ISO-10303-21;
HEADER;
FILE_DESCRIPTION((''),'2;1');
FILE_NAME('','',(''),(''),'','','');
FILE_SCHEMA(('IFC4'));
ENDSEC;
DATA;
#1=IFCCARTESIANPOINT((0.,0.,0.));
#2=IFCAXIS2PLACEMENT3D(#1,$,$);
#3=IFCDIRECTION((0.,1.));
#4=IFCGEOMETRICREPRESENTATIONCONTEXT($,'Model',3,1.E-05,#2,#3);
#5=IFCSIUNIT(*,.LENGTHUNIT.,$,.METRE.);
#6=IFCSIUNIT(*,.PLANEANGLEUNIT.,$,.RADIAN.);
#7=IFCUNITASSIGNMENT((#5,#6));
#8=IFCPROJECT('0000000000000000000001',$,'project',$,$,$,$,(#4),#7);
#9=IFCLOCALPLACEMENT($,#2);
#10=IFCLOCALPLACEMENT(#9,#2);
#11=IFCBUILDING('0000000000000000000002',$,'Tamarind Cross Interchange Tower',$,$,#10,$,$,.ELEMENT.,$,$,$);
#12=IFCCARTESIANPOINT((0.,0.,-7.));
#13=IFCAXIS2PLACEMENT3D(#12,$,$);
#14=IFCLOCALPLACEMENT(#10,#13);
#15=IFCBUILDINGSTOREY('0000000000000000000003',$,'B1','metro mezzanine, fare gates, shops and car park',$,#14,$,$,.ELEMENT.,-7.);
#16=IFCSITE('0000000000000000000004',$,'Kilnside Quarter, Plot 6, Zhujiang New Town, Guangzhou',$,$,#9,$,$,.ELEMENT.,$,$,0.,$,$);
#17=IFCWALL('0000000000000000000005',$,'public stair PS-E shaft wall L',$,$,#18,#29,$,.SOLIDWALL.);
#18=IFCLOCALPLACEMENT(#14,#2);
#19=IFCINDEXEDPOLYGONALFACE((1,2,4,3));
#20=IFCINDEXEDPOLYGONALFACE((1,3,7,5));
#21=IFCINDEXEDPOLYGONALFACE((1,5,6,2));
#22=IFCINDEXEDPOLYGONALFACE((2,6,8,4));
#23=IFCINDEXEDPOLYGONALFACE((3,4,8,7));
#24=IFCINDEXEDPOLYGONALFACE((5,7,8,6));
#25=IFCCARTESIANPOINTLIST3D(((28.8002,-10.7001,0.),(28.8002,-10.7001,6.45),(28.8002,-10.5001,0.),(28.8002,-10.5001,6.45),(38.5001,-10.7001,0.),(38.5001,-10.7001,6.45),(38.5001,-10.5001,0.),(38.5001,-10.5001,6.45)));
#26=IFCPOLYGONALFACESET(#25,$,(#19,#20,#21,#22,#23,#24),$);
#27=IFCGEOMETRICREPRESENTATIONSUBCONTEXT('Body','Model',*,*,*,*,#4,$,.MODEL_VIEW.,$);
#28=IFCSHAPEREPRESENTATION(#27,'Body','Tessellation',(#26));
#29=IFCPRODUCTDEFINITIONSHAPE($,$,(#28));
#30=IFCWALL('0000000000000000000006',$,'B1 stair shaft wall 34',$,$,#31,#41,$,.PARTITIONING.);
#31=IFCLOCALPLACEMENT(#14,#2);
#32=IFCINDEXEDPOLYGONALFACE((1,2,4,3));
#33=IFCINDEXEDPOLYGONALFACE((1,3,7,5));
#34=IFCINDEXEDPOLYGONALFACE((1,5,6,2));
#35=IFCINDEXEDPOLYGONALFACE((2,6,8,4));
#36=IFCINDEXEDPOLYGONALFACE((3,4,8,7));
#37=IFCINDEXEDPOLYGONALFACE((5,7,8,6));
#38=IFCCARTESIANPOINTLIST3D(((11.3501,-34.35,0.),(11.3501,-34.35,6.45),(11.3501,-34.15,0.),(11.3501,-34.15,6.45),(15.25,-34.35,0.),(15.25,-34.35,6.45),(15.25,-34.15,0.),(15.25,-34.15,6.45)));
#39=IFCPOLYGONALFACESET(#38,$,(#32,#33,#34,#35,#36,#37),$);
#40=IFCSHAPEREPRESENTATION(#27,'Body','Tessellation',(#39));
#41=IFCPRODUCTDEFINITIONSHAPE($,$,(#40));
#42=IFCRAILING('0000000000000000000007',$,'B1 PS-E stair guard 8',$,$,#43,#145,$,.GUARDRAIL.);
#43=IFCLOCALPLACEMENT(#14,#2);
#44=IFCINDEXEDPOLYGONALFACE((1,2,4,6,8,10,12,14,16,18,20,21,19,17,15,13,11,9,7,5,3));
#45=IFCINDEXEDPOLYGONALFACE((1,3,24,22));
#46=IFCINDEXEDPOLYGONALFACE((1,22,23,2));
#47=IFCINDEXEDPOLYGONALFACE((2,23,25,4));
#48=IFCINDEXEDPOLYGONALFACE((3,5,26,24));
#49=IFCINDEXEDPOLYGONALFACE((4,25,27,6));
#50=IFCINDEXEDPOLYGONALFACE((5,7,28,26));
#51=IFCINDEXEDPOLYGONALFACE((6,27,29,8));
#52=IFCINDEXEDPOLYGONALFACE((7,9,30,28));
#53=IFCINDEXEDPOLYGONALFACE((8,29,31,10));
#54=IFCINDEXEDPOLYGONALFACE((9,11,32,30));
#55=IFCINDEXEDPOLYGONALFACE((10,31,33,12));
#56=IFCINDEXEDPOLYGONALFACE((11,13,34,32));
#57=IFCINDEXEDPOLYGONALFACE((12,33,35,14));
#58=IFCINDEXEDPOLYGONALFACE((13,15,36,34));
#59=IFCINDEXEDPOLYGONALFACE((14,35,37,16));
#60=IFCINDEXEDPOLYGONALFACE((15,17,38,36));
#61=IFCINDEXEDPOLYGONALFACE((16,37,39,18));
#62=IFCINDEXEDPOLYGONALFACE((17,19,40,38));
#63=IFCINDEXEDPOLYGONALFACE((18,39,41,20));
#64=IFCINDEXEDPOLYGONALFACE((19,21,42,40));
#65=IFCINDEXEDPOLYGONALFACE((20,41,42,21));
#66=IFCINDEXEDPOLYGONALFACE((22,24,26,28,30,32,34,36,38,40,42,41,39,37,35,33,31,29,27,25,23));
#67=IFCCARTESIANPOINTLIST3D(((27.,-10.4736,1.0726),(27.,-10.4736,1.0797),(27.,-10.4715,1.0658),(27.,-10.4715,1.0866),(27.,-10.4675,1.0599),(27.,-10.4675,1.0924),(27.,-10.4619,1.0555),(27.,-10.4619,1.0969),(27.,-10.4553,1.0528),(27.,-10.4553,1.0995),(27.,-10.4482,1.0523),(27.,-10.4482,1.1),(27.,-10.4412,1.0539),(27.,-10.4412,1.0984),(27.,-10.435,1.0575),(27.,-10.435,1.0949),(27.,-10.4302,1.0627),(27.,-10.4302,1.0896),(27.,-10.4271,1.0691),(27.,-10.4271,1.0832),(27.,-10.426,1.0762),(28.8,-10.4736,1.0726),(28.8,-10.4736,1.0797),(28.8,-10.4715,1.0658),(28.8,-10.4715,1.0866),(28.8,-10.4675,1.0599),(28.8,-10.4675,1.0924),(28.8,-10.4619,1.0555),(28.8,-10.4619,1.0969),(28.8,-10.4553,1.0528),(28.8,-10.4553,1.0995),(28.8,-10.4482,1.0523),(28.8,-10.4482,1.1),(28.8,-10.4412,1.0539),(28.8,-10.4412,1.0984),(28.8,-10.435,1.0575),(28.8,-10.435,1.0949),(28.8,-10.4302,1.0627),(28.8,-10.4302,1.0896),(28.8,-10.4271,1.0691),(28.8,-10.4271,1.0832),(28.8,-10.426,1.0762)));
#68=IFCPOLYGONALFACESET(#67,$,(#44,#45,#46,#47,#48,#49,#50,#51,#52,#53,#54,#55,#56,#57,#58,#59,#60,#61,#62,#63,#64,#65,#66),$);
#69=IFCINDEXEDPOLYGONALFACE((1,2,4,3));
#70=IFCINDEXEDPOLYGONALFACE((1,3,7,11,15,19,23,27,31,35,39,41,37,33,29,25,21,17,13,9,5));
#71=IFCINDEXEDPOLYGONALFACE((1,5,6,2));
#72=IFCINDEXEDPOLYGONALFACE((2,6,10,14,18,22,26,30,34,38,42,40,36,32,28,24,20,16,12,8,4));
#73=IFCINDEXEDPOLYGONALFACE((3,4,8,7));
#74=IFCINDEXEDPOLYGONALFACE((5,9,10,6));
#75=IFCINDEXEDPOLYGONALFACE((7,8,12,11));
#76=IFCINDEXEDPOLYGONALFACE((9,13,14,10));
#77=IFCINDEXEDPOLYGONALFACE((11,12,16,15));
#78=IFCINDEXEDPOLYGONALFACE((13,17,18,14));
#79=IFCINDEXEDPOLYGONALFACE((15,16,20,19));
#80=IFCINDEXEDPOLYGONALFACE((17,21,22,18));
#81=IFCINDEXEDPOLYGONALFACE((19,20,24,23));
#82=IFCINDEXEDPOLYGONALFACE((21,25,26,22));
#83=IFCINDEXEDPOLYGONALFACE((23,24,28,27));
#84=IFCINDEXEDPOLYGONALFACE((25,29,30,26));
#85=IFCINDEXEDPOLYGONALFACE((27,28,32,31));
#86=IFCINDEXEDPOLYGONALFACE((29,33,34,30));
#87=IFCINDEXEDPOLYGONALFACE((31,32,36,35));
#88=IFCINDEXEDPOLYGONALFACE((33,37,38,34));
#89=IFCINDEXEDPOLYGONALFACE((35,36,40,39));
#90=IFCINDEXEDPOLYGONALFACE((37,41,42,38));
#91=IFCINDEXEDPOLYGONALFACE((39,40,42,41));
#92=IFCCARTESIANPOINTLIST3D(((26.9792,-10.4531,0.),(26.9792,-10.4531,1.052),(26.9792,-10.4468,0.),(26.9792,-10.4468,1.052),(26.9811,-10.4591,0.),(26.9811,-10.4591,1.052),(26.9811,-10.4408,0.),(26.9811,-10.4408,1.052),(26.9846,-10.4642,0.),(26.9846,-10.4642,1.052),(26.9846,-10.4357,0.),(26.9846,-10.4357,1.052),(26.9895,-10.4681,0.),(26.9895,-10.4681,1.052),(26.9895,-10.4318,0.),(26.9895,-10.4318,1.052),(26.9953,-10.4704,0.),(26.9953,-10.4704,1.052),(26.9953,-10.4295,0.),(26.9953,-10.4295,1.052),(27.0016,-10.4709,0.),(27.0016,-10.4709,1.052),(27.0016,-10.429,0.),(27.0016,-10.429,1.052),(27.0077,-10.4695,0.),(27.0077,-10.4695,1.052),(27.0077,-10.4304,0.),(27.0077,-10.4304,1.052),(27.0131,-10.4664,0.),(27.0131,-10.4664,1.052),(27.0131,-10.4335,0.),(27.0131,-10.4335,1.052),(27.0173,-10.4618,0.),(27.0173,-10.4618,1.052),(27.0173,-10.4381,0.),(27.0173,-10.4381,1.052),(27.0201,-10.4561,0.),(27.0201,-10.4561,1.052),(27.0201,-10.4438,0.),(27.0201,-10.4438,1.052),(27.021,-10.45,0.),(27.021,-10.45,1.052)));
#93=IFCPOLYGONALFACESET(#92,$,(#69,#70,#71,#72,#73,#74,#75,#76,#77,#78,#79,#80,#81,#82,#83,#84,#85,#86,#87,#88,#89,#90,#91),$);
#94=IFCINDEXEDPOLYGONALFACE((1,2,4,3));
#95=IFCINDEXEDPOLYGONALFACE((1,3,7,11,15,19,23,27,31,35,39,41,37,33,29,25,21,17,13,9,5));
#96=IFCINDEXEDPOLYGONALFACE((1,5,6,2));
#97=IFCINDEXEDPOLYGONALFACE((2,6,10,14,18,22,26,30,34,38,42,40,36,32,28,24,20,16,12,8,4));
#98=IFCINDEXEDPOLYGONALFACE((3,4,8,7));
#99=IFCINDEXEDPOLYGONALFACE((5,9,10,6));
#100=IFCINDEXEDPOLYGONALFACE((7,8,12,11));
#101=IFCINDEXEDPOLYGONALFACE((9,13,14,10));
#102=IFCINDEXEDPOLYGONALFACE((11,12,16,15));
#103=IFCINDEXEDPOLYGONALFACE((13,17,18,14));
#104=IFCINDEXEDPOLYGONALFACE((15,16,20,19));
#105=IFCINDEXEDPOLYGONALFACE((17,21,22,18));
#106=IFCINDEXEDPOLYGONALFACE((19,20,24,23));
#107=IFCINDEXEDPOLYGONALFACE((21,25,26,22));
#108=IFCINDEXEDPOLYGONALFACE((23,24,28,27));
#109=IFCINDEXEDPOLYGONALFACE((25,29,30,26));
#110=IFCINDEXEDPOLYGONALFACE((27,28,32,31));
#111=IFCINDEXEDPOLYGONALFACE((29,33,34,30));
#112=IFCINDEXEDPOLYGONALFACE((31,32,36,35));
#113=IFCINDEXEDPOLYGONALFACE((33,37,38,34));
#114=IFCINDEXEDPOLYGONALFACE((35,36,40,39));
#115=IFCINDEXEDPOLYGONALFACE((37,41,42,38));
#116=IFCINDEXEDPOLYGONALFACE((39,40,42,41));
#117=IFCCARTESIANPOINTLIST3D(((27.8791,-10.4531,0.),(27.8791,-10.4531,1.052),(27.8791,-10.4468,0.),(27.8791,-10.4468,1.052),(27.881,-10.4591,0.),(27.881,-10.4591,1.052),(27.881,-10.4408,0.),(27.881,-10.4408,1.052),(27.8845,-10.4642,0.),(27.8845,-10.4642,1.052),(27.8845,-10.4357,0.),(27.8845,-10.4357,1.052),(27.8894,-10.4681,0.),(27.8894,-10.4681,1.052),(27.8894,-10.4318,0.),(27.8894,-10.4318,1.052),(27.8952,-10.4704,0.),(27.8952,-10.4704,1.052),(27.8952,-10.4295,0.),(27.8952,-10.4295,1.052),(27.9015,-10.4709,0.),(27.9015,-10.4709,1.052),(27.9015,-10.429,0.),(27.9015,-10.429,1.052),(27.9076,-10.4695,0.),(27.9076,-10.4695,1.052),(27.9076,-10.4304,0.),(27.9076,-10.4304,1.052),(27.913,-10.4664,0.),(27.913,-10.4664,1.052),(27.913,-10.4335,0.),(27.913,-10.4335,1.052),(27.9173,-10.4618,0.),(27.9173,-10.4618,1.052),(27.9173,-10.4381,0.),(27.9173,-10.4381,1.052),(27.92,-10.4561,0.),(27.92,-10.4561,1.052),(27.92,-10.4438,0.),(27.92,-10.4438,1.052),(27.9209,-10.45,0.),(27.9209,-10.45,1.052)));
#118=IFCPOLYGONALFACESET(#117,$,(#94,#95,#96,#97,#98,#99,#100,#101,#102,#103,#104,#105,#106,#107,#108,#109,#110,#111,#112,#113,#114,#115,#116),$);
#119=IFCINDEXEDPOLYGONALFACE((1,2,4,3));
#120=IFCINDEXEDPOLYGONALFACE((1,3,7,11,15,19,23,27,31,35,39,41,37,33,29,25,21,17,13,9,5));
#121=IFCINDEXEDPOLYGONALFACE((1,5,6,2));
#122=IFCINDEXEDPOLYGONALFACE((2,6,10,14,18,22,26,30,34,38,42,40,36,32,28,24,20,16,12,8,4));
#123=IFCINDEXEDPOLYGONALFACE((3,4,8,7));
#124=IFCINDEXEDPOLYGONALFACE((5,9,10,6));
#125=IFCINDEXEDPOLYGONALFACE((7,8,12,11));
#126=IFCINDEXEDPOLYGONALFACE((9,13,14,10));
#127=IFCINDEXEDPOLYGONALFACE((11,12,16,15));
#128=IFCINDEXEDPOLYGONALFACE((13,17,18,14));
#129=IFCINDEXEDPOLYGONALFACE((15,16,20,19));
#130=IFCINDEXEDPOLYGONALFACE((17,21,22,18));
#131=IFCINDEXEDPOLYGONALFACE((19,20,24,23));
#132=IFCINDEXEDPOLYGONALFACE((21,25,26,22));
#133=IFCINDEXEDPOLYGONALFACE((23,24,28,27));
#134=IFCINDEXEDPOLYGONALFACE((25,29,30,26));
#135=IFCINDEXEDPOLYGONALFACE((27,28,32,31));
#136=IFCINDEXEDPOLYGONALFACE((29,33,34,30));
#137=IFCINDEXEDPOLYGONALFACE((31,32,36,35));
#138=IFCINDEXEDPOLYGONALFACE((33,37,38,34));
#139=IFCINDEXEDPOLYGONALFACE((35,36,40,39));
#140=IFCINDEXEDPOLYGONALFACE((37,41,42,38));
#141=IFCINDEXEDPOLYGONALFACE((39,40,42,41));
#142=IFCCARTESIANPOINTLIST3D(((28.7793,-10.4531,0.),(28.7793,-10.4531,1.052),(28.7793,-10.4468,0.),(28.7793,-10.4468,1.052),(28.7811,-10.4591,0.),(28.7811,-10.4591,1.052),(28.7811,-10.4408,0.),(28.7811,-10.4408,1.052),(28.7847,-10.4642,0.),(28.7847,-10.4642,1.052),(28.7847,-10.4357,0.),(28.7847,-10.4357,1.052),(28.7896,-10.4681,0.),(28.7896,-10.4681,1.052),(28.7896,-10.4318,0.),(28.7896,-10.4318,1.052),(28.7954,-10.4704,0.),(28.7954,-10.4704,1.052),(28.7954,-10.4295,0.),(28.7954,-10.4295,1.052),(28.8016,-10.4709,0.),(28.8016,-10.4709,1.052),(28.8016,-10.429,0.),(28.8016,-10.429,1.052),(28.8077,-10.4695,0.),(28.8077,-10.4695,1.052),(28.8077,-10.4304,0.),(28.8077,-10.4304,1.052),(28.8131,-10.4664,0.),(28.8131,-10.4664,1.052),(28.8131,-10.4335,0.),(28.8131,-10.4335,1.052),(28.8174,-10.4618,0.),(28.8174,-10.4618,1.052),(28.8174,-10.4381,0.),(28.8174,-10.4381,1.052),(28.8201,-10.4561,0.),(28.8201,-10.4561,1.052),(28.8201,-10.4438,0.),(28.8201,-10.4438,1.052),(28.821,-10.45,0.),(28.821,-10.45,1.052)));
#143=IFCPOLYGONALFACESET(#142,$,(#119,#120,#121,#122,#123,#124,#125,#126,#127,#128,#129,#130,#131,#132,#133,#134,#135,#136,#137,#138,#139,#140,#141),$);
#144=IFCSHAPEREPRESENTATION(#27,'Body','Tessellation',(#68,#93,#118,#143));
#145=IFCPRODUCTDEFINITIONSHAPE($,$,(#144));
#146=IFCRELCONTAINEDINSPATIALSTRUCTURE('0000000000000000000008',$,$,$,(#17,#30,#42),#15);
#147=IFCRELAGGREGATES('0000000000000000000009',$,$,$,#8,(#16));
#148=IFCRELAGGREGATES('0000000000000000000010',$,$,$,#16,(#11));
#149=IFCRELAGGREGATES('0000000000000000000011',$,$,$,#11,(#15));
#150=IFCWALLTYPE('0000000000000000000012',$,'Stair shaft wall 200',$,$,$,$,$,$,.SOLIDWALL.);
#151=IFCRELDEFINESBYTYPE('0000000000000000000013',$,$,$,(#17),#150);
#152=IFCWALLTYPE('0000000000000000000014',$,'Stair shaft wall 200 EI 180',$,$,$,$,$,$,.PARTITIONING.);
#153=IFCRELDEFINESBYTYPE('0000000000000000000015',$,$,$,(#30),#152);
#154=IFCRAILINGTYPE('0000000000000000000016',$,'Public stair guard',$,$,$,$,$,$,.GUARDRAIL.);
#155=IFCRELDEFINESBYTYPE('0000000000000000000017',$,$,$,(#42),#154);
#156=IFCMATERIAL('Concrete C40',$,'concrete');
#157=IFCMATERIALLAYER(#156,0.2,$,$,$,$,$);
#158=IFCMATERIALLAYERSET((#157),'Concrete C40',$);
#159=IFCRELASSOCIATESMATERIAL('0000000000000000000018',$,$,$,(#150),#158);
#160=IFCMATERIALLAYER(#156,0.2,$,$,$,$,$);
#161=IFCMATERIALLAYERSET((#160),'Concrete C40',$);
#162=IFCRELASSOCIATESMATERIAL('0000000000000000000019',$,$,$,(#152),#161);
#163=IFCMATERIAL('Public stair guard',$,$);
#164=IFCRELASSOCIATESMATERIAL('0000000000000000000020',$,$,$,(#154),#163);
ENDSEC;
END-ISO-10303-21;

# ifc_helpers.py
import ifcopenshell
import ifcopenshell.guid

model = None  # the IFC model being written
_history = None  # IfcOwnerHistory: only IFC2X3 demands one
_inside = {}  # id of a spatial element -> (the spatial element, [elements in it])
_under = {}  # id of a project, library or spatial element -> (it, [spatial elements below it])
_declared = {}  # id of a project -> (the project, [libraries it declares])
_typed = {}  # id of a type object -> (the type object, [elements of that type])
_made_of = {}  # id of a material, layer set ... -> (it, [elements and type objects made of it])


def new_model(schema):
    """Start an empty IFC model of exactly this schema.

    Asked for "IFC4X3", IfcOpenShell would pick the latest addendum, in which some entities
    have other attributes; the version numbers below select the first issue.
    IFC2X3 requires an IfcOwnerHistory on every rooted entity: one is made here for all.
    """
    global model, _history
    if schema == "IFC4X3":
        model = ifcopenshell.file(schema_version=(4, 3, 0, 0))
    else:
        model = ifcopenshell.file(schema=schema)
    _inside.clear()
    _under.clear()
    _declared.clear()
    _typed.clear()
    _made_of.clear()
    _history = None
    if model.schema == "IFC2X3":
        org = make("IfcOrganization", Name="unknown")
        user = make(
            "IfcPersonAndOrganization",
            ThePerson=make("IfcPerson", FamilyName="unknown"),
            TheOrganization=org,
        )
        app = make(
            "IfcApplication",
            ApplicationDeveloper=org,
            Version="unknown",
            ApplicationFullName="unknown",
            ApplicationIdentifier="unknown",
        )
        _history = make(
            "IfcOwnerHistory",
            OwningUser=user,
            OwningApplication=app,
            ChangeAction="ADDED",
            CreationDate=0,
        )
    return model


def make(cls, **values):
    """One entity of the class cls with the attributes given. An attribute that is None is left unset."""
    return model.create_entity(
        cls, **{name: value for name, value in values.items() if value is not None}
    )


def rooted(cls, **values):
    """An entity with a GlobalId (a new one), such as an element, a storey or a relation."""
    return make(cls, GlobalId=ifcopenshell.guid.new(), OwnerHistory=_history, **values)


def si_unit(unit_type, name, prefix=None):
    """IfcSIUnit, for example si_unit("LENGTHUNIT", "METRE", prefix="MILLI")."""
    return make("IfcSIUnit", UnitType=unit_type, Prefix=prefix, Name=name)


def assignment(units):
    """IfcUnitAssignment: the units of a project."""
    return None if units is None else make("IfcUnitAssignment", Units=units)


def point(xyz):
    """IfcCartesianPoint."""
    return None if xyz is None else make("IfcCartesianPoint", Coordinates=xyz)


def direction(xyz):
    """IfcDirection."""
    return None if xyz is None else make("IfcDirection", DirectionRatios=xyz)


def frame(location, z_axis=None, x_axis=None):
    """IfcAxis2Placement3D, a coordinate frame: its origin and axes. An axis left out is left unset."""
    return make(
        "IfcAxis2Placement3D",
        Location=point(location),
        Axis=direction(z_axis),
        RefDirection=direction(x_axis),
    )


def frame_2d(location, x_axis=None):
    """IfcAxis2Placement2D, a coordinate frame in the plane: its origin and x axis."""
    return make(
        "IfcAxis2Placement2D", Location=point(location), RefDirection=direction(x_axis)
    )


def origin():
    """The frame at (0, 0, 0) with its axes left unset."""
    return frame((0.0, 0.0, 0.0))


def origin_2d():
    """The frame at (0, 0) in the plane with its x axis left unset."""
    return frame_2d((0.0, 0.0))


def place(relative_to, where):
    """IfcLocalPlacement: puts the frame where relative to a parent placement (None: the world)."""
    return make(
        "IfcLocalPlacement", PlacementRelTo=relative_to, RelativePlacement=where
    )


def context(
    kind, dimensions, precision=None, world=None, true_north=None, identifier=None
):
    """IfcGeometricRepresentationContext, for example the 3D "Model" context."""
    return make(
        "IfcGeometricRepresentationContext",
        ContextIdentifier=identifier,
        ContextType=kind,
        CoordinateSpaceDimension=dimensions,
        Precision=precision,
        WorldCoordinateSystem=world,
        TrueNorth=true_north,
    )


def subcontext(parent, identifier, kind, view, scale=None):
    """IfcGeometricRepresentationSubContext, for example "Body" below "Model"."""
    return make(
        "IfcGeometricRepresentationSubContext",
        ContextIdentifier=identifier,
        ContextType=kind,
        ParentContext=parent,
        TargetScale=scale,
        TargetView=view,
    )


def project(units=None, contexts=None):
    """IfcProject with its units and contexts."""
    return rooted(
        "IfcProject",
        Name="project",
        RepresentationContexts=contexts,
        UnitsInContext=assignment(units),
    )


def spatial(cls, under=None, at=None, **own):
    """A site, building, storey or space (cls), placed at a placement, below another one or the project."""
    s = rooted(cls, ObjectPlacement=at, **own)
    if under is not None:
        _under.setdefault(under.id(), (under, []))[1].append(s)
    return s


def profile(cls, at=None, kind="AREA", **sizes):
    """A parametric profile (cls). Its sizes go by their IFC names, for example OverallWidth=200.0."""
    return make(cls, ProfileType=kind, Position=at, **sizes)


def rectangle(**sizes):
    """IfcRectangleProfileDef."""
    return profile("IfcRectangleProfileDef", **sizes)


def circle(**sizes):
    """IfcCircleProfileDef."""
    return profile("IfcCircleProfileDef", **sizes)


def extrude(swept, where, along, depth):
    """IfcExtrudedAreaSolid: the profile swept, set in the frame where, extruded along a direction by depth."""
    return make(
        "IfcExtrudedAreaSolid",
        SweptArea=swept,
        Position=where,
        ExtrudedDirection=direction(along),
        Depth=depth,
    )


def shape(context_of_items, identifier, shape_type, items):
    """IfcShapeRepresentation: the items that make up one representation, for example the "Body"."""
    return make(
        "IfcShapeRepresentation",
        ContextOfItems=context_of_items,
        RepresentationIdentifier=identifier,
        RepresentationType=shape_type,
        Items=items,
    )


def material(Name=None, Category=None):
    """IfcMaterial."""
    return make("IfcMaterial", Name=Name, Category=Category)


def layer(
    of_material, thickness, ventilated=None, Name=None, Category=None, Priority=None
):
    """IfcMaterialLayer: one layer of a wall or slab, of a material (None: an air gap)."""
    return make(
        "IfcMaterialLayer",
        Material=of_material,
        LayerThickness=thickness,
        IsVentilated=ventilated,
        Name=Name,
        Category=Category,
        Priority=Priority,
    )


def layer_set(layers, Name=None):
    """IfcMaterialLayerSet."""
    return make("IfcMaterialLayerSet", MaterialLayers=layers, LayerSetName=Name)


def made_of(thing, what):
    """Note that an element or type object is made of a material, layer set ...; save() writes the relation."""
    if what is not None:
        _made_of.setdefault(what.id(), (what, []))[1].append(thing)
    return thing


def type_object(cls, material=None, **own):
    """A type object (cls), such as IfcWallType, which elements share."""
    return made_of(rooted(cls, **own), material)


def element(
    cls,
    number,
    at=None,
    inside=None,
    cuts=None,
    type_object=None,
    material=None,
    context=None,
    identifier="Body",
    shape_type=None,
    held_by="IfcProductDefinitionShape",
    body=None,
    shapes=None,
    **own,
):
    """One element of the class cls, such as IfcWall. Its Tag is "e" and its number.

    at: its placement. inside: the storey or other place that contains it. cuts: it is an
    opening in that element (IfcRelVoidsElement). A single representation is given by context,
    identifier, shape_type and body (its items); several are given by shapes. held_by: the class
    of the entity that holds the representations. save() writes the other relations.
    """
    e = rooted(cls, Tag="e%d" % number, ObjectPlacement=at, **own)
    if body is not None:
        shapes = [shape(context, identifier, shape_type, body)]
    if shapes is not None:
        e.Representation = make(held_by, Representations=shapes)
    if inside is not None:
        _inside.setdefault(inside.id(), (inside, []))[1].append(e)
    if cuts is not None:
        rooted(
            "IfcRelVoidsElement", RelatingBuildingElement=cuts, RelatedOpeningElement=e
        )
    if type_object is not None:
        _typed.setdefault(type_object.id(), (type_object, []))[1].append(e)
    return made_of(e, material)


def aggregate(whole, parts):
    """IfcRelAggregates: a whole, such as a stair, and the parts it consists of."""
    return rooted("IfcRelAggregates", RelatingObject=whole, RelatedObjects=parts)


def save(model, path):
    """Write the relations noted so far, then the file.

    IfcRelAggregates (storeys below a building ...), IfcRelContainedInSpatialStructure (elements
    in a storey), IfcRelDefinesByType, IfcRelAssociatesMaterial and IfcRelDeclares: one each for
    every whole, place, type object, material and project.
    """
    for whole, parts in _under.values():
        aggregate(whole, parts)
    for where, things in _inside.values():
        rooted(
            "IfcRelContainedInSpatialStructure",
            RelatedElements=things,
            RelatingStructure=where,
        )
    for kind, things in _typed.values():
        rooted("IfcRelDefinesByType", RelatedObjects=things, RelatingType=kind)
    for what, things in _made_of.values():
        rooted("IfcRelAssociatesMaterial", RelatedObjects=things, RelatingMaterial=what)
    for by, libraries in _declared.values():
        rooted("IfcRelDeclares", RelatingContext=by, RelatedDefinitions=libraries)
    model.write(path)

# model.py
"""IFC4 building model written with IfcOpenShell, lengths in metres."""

from ifc_helpers import new_model, si_unit, direction, frame, frame_2d, origin, origin_2d, place, context, subcontext, project, spatial, rectangle, circle, extrude, material, layer, layer_set, type_object, element, save


model = new_model("IFC4")

# Units and contexts
model_context = context("Model", 3, precision=1e-05, world=origin(), true_north=direction((0.0, 1.0)))
body_context = subcontext(model_context, "Body", "Model", "MODEL_VIEW")
ifc_project = project(units=[si_unit("LENGTHUNIT", "METRE"), si_unit("PLANEANGLEUNIT", "RADIAN")], contexts=[model_context])

# Site, building, storey
site_placement = place(None, origin())
site = spatial("IfcSite", under=ifc_project, at=site_placement, Name="Kilnside Quarter, Plot 6, Zhujiang New Town, Guangzhou", CompositionType="ELEMENT", RefElevation=0.0)
building_placement = place(site_placement, origin())
building = spatial("IfcBuilding", under=site, at=building_placement, Name="Tamarind Cross Interchange Tower", CompositionType="ELEMENT")
storey_placement = place(building_placement, frame((0.0, 0.0, -7.0)))
storey = spatial("IfcBuildingStorey", under=building, at=storey_placement, Name="B1", Description="metro mezzanine, fare gates, shops and car park", CompositionType="ELEMENT", Elevation=-7.0)

# Walls
ifc_material_1 = material(Name="Concrete C40", Category="concrete")
ifc_layer_1 = layer(ifc_material_1, 0.2)
ifc_layer_set_1 = layer_set([ifc_layer_1], Name="Concrete C40")
wall_type_1 = type_object("IfcWallType", Name="Stair shaft wall 200", PredefinedType="SOLIDWALL", material=ifc_layer_set_1)
wall_1_placement = place(storey_placement, frame((28.8, -10.6001, 0.0), z_axis=(0.0, 0.0, 1.0), x_axis=(1.0, 0.0, 0.0)))
element("IfcWall", 1, at=wall_1_placement, inside=storey, type_object=wall_type_1, Name="public stair PS-E shaft wall L", PredefinedType="SOLIDWALL", context=body_context, shape_type="SweptSolid", body=[
    extrude(rectangle(XDim=9.7, YDim=0.2, at=frame_2d((4.8501, 0.0))), origin(), (0.0, 0.0, 1.0), 6.45),
])
ifc_layer_2 = layer(ifc_material_1, 0.2)
ifc_layer_set_2 = layer_set([ifc_layer_2], Name="Concrete C40")
wall_type_2 = type_object("IfcWallType", Name="Stair shaft wall 200 EI 180", PredefinedType="PARTITIONING", material=ifc_layer_set_2)
wall_2_placement = place(storey_placement, frame((11.3501, -34.25, 0.0), z_axis=(0.0, 0.0, 1.0), x_axis=(1.0, 0.0, 0.0)))
element("IfcWall", 2, at=wall_2_placement, inside=storey, type_object=wall_type_2, Name="B1 stair shaft wall 34", PredefinedType="PARTITIONING", context=body_context, shape_type="SweptSolid", body=[
    extrude(rectangle(XDim=3.8999, YDim=0.2, at=frame_2d((1.95, 0.0))), origin(), (0.0, 0.0, 1.0), 6.45),
])

# Railing
ifc_material_2 = material(Name="Public stair guard")
railing_type_1 = type_object("IfcRailingType", Name="Public stair guard", PredefinedType="GUARDRAIL", material=ifc_material_2)
railing_1_placement = place(storey_placement, frame((27.0, -10.45, 0.0)))
element("IfcRailing", 3, at=railing_1_placement, inside=storey, type_object=railing_type_1, Name="B1 PS-E stair guard 8", PredefinedType="GUARDRAIL", context=body_context, shape_type="SweptSolid", body=[
    extrude(circle(Radius=0.0239, at=origin_2d()), frame((0.0, 0.0, 1.0762), z_axis=(1.0, 0.0, 0.0), x_axis=(0.0, 1.0, 0.0)), (0.0, 0.0, 1.0), 1.8),
    extrude(circle(Radius=0.021, at=origin_2d()), origin(), (0.0, 0.0, 1.0), 1.052),
    extrude(circle(Radius=0.021, at=origin_2d()), frame((0.8999, 0.0, 0.0)), (0.0, 0.0, 1.0), 1.052),
    extrude(circle(Radius=0.021, at=origin_2d()), frame((1.8, 0.0, 0.0)), (0.0, 0.0, 1.0), 1.052),
])

save(model, "model.ifc")
